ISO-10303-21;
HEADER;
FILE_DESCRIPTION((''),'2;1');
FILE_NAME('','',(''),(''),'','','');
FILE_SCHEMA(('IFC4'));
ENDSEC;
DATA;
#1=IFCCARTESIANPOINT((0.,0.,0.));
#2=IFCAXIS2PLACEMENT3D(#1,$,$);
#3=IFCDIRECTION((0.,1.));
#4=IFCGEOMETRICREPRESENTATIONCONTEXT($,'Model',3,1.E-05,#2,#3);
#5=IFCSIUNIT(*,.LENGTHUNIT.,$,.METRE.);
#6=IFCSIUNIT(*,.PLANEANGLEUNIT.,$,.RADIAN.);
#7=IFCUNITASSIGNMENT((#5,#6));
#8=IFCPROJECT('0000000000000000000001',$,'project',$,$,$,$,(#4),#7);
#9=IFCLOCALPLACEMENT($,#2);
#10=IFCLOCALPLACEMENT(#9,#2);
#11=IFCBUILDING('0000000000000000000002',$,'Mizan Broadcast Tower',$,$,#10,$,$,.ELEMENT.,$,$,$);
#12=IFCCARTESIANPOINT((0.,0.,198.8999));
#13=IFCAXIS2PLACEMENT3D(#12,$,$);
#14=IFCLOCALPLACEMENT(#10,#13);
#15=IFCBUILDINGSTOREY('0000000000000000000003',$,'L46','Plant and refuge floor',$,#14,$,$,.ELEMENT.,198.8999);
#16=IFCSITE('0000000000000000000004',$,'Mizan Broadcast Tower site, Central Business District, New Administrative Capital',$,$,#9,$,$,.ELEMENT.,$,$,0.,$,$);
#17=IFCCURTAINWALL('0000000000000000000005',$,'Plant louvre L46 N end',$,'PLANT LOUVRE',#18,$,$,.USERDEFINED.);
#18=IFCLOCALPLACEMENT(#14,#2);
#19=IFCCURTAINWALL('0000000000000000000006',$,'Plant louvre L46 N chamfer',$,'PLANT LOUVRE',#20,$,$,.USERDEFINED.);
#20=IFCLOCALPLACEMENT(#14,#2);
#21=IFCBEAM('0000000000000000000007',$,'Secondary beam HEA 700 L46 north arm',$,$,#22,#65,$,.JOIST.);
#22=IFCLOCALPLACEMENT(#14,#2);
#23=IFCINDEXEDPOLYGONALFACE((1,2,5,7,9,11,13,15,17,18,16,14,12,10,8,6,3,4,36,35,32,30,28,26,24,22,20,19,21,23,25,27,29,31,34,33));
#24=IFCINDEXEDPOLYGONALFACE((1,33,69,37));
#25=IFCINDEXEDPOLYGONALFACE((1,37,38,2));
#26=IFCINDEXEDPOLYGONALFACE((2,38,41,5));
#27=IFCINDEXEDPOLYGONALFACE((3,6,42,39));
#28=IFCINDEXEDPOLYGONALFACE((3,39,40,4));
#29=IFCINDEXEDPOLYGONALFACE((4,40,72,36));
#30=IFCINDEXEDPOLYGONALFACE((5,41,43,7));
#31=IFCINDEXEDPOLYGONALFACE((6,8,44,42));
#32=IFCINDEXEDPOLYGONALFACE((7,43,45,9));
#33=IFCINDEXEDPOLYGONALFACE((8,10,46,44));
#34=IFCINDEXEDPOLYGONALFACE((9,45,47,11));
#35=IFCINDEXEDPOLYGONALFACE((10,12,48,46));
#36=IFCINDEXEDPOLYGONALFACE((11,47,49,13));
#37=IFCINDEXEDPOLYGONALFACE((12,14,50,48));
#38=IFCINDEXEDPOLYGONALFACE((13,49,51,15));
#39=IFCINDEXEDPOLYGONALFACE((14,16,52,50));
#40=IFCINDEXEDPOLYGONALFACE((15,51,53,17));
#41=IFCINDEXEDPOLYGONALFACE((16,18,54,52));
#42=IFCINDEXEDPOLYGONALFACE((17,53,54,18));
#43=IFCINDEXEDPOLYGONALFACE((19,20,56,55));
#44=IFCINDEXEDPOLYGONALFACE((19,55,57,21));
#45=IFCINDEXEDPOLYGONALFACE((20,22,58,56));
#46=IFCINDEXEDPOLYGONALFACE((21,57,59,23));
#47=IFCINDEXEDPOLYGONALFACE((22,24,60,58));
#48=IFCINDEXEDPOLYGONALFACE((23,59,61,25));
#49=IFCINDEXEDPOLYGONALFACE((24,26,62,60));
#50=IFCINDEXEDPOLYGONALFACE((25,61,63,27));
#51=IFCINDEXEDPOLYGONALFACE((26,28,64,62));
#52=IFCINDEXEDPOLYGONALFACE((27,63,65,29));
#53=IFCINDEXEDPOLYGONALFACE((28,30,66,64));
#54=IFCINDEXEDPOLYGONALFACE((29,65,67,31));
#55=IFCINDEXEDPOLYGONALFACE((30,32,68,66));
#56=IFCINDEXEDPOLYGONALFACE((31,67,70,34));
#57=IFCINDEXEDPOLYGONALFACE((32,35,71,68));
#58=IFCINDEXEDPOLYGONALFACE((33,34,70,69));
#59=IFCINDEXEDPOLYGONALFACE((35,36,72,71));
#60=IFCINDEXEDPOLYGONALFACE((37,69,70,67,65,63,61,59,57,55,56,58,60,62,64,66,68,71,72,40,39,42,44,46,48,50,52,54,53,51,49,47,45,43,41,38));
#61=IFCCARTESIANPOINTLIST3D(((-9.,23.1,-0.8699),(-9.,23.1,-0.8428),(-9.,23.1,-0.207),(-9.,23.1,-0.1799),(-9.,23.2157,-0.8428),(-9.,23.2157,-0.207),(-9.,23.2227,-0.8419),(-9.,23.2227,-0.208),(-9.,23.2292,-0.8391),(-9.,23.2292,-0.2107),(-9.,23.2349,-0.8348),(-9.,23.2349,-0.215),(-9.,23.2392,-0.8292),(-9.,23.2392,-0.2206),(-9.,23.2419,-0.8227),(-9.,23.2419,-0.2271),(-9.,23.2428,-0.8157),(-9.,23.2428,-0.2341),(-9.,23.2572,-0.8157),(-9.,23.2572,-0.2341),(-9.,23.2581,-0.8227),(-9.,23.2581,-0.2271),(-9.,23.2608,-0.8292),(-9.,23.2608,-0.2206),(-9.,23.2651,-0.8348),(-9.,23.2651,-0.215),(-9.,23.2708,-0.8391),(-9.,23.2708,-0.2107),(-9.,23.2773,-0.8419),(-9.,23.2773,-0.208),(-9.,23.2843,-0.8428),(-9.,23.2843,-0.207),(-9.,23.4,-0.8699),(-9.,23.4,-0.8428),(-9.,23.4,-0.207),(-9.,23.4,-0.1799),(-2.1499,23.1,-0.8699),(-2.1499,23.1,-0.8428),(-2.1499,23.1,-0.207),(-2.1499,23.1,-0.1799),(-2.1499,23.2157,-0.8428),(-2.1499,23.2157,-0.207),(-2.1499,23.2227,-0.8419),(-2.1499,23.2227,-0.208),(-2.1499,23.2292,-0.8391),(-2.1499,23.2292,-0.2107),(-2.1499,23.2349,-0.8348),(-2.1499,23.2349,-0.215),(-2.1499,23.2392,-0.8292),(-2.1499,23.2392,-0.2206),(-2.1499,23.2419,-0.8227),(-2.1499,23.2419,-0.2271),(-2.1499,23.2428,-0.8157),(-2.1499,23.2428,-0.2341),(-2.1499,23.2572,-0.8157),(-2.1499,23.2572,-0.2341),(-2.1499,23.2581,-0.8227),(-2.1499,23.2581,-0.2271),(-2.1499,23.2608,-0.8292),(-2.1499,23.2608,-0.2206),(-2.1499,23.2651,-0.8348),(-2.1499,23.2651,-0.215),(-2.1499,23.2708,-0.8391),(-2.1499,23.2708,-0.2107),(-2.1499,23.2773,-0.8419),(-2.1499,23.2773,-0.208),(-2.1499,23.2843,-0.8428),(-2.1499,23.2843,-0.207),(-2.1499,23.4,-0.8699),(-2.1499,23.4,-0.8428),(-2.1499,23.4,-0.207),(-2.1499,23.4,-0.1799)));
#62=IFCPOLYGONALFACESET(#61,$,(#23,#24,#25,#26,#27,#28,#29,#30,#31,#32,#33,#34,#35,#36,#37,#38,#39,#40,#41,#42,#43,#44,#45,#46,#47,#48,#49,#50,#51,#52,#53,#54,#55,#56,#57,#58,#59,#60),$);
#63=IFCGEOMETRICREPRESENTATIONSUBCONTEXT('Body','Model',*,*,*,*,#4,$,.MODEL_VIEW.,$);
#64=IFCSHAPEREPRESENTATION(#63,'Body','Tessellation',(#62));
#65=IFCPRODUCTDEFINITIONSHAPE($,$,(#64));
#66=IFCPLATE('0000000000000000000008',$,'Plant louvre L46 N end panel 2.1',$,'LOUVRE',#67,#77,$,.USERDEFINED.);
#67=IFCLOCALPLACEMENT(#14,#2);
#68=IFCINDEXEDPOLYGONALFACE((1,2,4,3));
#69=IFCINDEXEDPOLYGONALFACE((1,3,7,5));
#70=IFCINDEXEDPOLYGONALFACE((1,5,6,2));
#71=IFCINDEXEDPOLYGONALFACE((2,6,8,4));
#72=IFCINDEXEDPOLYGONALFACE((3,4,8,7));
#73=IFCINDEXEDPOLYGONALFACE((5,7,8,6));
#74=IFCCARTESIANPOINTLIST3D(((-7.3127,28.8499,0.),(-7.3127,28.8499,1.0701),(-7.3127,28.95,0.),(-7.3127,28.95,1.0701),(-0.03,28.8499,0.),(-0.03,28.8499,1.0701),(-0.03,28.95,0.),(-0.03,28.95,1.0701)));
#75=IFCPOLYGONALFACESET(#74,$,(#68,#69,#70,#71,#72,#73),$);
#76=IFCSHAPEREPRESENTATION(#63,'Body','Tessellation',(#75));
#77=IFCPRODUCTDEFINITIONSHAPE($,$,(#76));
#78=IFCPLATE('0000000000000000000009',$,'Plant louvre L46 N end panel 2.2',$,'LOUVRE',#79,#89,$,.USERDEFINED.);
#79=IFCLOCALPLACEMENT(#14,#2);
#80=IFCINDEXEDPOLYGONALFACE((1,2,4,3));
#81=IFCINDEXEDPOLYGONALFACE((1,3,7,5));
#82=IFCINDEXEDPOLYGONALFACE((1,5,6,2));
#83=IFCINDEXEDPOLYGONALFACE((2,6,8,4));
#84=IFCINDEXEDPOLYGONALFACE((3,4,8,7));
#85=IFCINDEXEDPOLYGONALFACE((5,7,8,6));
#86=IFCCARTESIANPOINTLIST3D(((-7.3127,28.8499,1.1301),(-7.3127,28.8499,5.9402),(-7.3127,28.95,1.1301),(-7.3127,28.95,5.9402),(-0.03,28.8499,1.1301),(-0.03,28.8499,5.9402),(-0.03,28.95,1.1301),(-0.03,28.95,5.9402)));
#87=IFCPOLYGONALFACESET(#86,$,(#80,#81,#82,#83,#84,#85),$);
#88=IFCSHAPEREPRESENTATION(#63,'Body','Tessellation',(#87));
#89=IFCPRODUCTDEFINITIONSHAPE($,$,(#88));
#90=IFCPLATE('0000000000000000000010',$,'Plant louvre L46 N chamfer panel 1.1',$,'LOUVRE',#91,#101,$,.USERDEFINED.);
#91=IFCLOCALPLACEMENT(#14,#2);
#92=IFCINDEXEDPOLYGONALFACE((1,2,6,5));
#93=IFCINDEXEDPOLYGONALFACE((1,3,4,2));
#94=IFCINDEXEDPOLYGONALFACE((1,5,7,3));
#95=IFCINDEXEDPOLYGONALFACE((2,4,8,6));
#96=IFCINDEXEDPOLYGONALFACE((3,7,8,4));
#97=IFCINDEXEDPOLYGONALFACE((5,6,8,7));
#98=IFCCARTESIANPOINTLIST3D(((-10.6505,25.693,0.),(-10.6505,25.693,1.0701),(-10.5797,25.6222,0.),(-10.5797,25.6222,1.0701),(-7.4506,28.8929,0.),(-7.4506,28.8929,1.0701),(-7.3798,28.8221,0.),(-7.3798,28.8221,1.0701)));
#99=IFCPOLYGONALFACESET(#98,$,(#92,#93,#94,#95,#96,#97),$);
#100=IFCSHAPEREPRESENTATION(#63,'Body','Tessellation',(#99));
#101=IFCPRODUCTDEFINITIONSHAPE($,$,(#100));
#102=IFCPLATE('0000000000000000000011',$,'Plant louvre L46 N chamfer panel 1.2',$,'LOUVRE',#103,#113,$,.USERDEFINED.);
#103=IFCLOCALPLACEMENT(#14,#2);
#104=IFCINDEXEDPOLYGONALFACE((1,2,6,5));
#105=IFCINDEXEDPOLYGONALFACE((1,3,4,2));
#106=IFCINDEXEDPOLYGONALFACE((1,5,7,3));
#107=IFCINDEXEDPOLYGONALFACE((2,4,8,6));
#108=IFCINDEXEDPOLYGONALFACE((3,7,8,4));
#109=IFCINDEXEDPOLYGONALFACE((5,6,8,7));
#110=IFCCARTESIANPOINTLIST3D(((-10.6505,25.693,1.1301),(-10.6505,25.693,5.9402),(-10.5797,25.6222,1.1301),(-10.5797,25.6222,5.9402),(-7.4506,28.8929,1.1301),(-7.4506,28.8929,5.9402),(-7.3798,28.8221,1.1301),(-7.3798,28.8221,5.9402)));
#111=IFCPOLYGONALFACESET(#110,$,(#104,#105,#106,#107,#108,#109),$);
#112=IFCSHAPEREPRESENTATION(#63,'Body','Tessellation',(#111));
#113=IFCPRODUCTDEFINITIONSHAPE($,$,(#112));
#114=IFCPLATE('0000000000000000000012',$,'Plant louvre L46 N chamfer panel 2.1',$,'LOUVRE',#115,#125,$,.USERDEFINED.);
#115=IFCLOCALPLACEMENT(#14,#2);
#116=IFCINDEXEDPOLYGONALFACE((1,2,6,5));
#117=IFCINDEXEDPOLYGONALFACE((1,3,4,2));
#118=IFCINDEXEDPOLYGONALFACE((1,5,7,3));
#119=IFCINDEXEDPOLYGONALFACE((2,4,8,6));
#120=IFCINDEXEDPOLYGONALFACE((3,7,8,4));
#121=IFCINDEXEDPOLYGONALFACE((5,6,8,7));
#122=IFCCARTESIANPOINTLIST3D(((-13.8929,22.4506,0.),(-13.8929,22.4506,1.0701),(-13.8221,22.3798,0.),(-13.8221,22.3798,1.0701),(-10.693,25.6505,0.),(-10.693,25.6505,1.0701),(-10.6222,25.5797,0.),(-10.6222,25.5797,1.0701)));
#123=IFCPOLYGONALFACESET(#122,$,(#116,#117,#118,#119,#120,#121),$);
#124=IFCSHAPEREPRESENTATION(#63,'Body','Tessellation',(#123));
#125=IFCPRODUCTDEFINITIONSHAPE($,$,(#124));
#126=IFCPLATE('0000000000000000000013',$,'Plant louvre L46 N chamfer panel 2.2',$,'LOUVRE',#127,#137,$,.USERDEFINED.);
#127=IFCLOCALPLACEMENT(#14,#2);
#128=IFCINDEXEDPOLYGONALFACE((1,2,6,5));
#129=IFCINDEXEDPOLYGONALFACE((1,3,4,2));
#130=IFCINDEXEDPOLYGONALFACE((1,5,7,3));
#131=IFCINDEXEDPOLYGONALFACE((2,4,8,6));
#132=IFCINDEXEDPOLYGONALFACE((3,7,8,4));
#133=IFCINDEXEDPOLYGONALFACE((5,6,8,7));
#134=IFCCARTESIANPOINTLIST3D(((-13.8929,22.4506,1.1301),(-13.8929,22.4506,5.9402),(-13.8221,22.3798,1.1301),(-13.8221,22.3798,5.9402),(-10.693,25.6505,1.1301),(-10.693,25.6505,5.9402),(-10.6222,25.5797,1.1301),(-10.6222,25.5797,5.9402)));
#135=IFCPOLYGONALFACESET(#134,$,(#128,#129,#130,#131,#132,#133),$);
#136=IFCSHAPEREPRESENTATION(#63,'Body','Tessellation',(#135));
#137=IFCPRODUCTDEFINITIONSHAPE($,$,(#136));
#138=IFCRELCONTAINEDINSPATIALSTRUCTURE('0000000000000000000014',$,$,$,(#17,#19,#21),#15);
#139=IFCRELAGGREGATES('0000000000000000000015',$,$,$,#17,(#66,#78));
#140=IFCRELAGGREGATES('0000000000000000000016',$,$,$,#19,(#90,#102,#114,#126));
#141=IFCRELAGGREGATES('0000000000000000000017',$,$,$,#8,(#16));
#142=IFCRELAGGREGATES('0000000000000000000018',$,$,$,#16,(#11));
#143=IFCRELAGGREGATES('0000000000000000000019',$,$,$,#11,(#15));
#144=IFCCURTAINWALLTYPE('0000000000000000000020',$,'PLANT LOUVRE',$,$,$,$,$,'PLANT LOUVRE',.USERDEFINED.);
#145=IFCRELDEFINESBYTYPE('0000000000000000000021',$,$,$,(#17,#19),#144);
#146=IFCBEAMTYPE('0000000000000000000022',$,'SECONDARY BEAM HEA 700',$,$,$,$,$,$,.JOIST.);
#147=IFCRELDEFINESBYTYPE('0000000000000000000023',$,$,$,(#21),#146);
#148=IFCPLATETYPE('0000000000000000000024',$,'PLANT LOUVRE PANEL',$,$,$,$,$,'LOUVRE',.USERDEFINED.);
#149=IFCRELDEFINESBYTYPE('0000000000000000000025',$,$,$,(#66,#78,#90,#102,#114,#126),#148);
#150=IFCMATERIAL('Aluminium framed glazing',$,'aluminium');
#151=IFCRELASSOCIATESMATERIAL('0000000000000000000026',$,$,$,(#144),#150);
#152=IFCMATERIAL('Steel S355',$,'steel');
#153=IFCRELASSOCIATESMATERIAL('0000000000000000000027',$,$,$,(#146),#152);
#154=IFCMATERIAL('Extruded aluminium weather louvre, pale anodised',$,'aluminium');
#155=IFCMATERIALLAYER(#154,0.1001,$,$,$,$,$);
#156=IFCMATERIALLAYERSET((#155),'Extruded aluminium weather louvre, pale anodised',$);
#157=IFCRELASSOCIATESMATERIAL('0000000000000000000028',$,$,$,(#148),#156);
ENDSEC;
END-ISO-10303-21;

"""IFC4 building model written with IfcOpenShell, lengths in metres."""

from ifc_helpers import new_model, si_unit, direction, frame, origin, origin_2d, place, context, subcontext, project, spatial, rectangle, i_section, extrude, material, layer, layer_set, material_profile, profile_set, type_object, element, aggregate, save


model = new_model("IFC4")

# Units and contexts
model_context = context("Model", 3, precision=1e-05, world=origin(), true_north=direction((0.0, 1.0)))
body_context = subcontext(model_context, "Body", "Model", "MODEL_VIEW")
ifc_project = project(units=[si_unit("LENGTHUNIT", "METRE"), si_unit("PLANEANGLEUNIT", "RADIAN")], contexts=[model_context])

# Site, building, storey
site_placement = place(None, origin())
site = spatial("IfcSite", under=ifc_project, at=site_placement, Name="Mizan Broadcast Tower site, Central Business District, New Administrative Capital", CompositionType="ELEMENT", RefElevation=0.0)
building_placement = place(site_placement, origin())
building = spatial("IfcBuilding", under=site, at=building_placement, Name="Mizan Broadcast Tower", CompositionType="ELEMENT")
storey_placement = place(building_placement, frame((0.0, 0.0, 198.8999)))
storey = spatial("IfcBuildingStorey", under=building, at=storey_placement, Name="L46", Description="Plant and refuge floor", CompositionType="ELEMENT", Elevation=198.8999)

# Curtain wall
ifc_material_1 = material(Name="Aluminium framed glazing", Category="aluminium")
curtain_wall_type = type_object("IfcCurtainWallType", Name="PLANT LOUVRE", ElementType="PLANT LOUVRE", PredefinedType="USERDEFINED", material=ifc_material_1)
curtain_wall_1_placement = place(storey_placement, origin())
curtain_wall_1 = element("IfcCurtainWall", 1, at=curtain_wall_1_placement, inside=storey, type_object=curtain_wall_type, Name="Plant louvre L46 N end", ObjectType="PLANT LOUVRE", PredefinedType="USERDEFINED")

# Curtain wall
curtain_wall_2_placement = place(storey_placement, origin())
curtain_wall_2 = element("IfcCurtainWall", 2, at=curtain_wall_2_placement, inside=storey, type_object=curtain_wall_type, Name="Plant louvre L46 N chamfer", ObjectType="PLANT LOUVRE", PredefinedType="USERDEFINED")

# Beam
ifc_material_2 = material(Name="Steel S355", Category="steel")
ifc_material_profile_1 = material_profile(ifc_material_2, i_section(OverallWidth=0.3, OverallDepth=0.6899, WebThickness=0.0144, FlangeThickness=0.0271, FilletRadius=0.0271, at=origin_2d()), Name="HEA 700")
ifc_profile_set_1 = profile_set([ifc_material_profile_1], Name="Steel S355")
beam_type_1 = type_object("IfcBeamType", Name="SECONDARY BEAM HEA 700", PredefinedType="JOIST", material=ifc_profile_set_1)
beam_1_placement = place(storey_placement, frame((-9.0, 23.25, -0.5249), z_axis=(1.0, 0.0, 0.0), x_axis=(0.0, 1.0, 0.0)))
element("IfcBeam", 3, at=beam_1_placement, inside=storey, type_object=beam_type_1, Name="Secondary beam HEA 700 L46 north arm", PredefinedType="JOIST", context=body_context, shape_type="SweptSolid", body=[
    extrude(i_section(OverallWidth=0.3, OverallDepth=0.6899, WebThickness=0.0144, FlangeThickness=0.0271, FilletRadius=0.0271, at=origin_2d()), origin(), (0.0, 0.0, 1.0), 6.8501),
])

# Plates
ifc_material_3 = material(Name="Extruded aluminium weather louvre, pale anodised", Category="aluminium")
ifc_layer = layer(ifc_material_3, 0.1001)
ifc_layer_set = layer_set([ifc_layer], Name="Extruded aluminium weather louvre, pale anodised")
plate_type = type_object("IfcPlateType", Name="PLANT LOUVRE PANEL", ElementType="LOUVRE", PredefinedType="USERDEFINED", material=ifc_layer_set)
plate_1_placement = place(storey_placement, frame((-3.6714, 28.8999, 0.0), z_axis=(0.0, 0.0, 1.0), x_axis=(-1.0, 0.0, 0.0)))
plate_1 = element("IfcPlate", 4, at=plate_1_placement, type_object=plate_type, Name="Plant louvre L46 N end panel 2.1", ObjectType="LOUVRE", PredefinedType="USERDEFINED", context=body_context, shape_type="SweptSolid", body=[
    extrude(rectangle(XDim=7.2827, YDim=0.1001, at=origin_2d()), origin(), (0.0, 0.0, 1.0), 1.0701),
])
plate_2_placement = place(storey_placement, frame((-3.6714, 28.8999, 1.1301), z_axis=(0.0, 0.0, 1.0), x_axis=(-1.0, 0.0, 0.0)))
plate_2 = element("IfcPlate", 5, at=plate_2_placement, type_object=plate_type, Name="Plant louvre L46 N end panel 2.2", ObjectType="LOUVRE", PredefinedType="USERDEFINED", context=body_context, shape_type="SweptSolid", body=[
    extrude(rectangle(XDim=7.2827, YDim=0.1001, at=origin_2d()), origin(), (0.0, 0.0, 1.0), 4.8101),
])
aggregate(curtain_wall_1, [plate_1, plate_2])
plate_3_placement = place(storey_placement, frame((-9.0151, 27.2576, 0.0), z_axis=(0.0, 0.0, 1.0), x_axis=(-0.707107, -0.707107, 0.0)))
plate_3 = element("IfcPlate", 6, at=plate_3_placement, type_object=plate_type, Name="Plant louvre L46 N chamfer panel 1.1", ObjectType="LOUVRE", PredefinedType="USERDEFINED", context=body_context, shape_type="SweptSolid", body=[
    extrude(rectangle(XDim=4.5254, YDim=0.1001, at=origin_2d()), origin(), (0.0, 0.0, 1.0), 1.0701),
])
plate_4_placement = place(storey_placement, frame((-9.0151, 27.2576, 1.1301), z_axis=(0.0, 0.0, 1.0), x_axis=(-0.707107, -0.707107, 0.0)))
plate_4 = element("IfcPlate", 7, at=plate_4_placement, type_object=plate_type, Name="Plant louvre L46 N chamfer panel 1.2", ObjectType="LOUVRE", PredefinedType="USERDEFINED", context=body_context, shape_type="SweptSolid", body=[
    extrude(rectangle(XDim=4.5254, YDim=0.1001, at=origin_2d()), origin(), (0.0, 0.0, 1.0), 4.8101),
])
plate_5_placement = place(storey_placement, frame((-12.2576, 24.0151, 0.0), z_axis=(0.0, 0.0, 1.0), x_axis=(-0.707107, -0.707107, 0.0)))
plate_5 = element("IfcPlate", 8, at=plate_5_placement, type_object=plate_type, Name="Plant louvre L46 N chamfer panel 2.1", ObjectType="LOUVRE", PredefinedType="USERDEFINED", context=body_context, shape_type="SweptSolid", body=[
    extrude(rectangle(XDim=4.5254, YDim=0.1001, at=origin_2d()), origin(), (0.0, 0.0, 1.0), 1.0701),
])
plate_6_placement = place(storey_placement, frame((-12.2576, 24.0151, 1.1301), z_axis=(0.0, 0.0, 1.0), x_axis=(-0.707107, -0.707107, 0.0)))
plate_6 = element("IfcPlate", 9, at=plate_6_placement, type_object=plate_type, Name="Plant louvre L46 N chamfer panel 2.2", ObjectType="LOUVRE", PredefinedType="USERDEFINED", context=body_context, shape_type="SweptSolid", body=[
    extrude(rectangle(XDim=4.5254, YDim=0.1001, at=origin_2d()), origin(), (0.0, 0.0, 1.0), 4.8101),
])
aggregate(curtain_wall_2, [plate_3, plate_4, plate_5, plate_6])

save(model, "model.ifc")
